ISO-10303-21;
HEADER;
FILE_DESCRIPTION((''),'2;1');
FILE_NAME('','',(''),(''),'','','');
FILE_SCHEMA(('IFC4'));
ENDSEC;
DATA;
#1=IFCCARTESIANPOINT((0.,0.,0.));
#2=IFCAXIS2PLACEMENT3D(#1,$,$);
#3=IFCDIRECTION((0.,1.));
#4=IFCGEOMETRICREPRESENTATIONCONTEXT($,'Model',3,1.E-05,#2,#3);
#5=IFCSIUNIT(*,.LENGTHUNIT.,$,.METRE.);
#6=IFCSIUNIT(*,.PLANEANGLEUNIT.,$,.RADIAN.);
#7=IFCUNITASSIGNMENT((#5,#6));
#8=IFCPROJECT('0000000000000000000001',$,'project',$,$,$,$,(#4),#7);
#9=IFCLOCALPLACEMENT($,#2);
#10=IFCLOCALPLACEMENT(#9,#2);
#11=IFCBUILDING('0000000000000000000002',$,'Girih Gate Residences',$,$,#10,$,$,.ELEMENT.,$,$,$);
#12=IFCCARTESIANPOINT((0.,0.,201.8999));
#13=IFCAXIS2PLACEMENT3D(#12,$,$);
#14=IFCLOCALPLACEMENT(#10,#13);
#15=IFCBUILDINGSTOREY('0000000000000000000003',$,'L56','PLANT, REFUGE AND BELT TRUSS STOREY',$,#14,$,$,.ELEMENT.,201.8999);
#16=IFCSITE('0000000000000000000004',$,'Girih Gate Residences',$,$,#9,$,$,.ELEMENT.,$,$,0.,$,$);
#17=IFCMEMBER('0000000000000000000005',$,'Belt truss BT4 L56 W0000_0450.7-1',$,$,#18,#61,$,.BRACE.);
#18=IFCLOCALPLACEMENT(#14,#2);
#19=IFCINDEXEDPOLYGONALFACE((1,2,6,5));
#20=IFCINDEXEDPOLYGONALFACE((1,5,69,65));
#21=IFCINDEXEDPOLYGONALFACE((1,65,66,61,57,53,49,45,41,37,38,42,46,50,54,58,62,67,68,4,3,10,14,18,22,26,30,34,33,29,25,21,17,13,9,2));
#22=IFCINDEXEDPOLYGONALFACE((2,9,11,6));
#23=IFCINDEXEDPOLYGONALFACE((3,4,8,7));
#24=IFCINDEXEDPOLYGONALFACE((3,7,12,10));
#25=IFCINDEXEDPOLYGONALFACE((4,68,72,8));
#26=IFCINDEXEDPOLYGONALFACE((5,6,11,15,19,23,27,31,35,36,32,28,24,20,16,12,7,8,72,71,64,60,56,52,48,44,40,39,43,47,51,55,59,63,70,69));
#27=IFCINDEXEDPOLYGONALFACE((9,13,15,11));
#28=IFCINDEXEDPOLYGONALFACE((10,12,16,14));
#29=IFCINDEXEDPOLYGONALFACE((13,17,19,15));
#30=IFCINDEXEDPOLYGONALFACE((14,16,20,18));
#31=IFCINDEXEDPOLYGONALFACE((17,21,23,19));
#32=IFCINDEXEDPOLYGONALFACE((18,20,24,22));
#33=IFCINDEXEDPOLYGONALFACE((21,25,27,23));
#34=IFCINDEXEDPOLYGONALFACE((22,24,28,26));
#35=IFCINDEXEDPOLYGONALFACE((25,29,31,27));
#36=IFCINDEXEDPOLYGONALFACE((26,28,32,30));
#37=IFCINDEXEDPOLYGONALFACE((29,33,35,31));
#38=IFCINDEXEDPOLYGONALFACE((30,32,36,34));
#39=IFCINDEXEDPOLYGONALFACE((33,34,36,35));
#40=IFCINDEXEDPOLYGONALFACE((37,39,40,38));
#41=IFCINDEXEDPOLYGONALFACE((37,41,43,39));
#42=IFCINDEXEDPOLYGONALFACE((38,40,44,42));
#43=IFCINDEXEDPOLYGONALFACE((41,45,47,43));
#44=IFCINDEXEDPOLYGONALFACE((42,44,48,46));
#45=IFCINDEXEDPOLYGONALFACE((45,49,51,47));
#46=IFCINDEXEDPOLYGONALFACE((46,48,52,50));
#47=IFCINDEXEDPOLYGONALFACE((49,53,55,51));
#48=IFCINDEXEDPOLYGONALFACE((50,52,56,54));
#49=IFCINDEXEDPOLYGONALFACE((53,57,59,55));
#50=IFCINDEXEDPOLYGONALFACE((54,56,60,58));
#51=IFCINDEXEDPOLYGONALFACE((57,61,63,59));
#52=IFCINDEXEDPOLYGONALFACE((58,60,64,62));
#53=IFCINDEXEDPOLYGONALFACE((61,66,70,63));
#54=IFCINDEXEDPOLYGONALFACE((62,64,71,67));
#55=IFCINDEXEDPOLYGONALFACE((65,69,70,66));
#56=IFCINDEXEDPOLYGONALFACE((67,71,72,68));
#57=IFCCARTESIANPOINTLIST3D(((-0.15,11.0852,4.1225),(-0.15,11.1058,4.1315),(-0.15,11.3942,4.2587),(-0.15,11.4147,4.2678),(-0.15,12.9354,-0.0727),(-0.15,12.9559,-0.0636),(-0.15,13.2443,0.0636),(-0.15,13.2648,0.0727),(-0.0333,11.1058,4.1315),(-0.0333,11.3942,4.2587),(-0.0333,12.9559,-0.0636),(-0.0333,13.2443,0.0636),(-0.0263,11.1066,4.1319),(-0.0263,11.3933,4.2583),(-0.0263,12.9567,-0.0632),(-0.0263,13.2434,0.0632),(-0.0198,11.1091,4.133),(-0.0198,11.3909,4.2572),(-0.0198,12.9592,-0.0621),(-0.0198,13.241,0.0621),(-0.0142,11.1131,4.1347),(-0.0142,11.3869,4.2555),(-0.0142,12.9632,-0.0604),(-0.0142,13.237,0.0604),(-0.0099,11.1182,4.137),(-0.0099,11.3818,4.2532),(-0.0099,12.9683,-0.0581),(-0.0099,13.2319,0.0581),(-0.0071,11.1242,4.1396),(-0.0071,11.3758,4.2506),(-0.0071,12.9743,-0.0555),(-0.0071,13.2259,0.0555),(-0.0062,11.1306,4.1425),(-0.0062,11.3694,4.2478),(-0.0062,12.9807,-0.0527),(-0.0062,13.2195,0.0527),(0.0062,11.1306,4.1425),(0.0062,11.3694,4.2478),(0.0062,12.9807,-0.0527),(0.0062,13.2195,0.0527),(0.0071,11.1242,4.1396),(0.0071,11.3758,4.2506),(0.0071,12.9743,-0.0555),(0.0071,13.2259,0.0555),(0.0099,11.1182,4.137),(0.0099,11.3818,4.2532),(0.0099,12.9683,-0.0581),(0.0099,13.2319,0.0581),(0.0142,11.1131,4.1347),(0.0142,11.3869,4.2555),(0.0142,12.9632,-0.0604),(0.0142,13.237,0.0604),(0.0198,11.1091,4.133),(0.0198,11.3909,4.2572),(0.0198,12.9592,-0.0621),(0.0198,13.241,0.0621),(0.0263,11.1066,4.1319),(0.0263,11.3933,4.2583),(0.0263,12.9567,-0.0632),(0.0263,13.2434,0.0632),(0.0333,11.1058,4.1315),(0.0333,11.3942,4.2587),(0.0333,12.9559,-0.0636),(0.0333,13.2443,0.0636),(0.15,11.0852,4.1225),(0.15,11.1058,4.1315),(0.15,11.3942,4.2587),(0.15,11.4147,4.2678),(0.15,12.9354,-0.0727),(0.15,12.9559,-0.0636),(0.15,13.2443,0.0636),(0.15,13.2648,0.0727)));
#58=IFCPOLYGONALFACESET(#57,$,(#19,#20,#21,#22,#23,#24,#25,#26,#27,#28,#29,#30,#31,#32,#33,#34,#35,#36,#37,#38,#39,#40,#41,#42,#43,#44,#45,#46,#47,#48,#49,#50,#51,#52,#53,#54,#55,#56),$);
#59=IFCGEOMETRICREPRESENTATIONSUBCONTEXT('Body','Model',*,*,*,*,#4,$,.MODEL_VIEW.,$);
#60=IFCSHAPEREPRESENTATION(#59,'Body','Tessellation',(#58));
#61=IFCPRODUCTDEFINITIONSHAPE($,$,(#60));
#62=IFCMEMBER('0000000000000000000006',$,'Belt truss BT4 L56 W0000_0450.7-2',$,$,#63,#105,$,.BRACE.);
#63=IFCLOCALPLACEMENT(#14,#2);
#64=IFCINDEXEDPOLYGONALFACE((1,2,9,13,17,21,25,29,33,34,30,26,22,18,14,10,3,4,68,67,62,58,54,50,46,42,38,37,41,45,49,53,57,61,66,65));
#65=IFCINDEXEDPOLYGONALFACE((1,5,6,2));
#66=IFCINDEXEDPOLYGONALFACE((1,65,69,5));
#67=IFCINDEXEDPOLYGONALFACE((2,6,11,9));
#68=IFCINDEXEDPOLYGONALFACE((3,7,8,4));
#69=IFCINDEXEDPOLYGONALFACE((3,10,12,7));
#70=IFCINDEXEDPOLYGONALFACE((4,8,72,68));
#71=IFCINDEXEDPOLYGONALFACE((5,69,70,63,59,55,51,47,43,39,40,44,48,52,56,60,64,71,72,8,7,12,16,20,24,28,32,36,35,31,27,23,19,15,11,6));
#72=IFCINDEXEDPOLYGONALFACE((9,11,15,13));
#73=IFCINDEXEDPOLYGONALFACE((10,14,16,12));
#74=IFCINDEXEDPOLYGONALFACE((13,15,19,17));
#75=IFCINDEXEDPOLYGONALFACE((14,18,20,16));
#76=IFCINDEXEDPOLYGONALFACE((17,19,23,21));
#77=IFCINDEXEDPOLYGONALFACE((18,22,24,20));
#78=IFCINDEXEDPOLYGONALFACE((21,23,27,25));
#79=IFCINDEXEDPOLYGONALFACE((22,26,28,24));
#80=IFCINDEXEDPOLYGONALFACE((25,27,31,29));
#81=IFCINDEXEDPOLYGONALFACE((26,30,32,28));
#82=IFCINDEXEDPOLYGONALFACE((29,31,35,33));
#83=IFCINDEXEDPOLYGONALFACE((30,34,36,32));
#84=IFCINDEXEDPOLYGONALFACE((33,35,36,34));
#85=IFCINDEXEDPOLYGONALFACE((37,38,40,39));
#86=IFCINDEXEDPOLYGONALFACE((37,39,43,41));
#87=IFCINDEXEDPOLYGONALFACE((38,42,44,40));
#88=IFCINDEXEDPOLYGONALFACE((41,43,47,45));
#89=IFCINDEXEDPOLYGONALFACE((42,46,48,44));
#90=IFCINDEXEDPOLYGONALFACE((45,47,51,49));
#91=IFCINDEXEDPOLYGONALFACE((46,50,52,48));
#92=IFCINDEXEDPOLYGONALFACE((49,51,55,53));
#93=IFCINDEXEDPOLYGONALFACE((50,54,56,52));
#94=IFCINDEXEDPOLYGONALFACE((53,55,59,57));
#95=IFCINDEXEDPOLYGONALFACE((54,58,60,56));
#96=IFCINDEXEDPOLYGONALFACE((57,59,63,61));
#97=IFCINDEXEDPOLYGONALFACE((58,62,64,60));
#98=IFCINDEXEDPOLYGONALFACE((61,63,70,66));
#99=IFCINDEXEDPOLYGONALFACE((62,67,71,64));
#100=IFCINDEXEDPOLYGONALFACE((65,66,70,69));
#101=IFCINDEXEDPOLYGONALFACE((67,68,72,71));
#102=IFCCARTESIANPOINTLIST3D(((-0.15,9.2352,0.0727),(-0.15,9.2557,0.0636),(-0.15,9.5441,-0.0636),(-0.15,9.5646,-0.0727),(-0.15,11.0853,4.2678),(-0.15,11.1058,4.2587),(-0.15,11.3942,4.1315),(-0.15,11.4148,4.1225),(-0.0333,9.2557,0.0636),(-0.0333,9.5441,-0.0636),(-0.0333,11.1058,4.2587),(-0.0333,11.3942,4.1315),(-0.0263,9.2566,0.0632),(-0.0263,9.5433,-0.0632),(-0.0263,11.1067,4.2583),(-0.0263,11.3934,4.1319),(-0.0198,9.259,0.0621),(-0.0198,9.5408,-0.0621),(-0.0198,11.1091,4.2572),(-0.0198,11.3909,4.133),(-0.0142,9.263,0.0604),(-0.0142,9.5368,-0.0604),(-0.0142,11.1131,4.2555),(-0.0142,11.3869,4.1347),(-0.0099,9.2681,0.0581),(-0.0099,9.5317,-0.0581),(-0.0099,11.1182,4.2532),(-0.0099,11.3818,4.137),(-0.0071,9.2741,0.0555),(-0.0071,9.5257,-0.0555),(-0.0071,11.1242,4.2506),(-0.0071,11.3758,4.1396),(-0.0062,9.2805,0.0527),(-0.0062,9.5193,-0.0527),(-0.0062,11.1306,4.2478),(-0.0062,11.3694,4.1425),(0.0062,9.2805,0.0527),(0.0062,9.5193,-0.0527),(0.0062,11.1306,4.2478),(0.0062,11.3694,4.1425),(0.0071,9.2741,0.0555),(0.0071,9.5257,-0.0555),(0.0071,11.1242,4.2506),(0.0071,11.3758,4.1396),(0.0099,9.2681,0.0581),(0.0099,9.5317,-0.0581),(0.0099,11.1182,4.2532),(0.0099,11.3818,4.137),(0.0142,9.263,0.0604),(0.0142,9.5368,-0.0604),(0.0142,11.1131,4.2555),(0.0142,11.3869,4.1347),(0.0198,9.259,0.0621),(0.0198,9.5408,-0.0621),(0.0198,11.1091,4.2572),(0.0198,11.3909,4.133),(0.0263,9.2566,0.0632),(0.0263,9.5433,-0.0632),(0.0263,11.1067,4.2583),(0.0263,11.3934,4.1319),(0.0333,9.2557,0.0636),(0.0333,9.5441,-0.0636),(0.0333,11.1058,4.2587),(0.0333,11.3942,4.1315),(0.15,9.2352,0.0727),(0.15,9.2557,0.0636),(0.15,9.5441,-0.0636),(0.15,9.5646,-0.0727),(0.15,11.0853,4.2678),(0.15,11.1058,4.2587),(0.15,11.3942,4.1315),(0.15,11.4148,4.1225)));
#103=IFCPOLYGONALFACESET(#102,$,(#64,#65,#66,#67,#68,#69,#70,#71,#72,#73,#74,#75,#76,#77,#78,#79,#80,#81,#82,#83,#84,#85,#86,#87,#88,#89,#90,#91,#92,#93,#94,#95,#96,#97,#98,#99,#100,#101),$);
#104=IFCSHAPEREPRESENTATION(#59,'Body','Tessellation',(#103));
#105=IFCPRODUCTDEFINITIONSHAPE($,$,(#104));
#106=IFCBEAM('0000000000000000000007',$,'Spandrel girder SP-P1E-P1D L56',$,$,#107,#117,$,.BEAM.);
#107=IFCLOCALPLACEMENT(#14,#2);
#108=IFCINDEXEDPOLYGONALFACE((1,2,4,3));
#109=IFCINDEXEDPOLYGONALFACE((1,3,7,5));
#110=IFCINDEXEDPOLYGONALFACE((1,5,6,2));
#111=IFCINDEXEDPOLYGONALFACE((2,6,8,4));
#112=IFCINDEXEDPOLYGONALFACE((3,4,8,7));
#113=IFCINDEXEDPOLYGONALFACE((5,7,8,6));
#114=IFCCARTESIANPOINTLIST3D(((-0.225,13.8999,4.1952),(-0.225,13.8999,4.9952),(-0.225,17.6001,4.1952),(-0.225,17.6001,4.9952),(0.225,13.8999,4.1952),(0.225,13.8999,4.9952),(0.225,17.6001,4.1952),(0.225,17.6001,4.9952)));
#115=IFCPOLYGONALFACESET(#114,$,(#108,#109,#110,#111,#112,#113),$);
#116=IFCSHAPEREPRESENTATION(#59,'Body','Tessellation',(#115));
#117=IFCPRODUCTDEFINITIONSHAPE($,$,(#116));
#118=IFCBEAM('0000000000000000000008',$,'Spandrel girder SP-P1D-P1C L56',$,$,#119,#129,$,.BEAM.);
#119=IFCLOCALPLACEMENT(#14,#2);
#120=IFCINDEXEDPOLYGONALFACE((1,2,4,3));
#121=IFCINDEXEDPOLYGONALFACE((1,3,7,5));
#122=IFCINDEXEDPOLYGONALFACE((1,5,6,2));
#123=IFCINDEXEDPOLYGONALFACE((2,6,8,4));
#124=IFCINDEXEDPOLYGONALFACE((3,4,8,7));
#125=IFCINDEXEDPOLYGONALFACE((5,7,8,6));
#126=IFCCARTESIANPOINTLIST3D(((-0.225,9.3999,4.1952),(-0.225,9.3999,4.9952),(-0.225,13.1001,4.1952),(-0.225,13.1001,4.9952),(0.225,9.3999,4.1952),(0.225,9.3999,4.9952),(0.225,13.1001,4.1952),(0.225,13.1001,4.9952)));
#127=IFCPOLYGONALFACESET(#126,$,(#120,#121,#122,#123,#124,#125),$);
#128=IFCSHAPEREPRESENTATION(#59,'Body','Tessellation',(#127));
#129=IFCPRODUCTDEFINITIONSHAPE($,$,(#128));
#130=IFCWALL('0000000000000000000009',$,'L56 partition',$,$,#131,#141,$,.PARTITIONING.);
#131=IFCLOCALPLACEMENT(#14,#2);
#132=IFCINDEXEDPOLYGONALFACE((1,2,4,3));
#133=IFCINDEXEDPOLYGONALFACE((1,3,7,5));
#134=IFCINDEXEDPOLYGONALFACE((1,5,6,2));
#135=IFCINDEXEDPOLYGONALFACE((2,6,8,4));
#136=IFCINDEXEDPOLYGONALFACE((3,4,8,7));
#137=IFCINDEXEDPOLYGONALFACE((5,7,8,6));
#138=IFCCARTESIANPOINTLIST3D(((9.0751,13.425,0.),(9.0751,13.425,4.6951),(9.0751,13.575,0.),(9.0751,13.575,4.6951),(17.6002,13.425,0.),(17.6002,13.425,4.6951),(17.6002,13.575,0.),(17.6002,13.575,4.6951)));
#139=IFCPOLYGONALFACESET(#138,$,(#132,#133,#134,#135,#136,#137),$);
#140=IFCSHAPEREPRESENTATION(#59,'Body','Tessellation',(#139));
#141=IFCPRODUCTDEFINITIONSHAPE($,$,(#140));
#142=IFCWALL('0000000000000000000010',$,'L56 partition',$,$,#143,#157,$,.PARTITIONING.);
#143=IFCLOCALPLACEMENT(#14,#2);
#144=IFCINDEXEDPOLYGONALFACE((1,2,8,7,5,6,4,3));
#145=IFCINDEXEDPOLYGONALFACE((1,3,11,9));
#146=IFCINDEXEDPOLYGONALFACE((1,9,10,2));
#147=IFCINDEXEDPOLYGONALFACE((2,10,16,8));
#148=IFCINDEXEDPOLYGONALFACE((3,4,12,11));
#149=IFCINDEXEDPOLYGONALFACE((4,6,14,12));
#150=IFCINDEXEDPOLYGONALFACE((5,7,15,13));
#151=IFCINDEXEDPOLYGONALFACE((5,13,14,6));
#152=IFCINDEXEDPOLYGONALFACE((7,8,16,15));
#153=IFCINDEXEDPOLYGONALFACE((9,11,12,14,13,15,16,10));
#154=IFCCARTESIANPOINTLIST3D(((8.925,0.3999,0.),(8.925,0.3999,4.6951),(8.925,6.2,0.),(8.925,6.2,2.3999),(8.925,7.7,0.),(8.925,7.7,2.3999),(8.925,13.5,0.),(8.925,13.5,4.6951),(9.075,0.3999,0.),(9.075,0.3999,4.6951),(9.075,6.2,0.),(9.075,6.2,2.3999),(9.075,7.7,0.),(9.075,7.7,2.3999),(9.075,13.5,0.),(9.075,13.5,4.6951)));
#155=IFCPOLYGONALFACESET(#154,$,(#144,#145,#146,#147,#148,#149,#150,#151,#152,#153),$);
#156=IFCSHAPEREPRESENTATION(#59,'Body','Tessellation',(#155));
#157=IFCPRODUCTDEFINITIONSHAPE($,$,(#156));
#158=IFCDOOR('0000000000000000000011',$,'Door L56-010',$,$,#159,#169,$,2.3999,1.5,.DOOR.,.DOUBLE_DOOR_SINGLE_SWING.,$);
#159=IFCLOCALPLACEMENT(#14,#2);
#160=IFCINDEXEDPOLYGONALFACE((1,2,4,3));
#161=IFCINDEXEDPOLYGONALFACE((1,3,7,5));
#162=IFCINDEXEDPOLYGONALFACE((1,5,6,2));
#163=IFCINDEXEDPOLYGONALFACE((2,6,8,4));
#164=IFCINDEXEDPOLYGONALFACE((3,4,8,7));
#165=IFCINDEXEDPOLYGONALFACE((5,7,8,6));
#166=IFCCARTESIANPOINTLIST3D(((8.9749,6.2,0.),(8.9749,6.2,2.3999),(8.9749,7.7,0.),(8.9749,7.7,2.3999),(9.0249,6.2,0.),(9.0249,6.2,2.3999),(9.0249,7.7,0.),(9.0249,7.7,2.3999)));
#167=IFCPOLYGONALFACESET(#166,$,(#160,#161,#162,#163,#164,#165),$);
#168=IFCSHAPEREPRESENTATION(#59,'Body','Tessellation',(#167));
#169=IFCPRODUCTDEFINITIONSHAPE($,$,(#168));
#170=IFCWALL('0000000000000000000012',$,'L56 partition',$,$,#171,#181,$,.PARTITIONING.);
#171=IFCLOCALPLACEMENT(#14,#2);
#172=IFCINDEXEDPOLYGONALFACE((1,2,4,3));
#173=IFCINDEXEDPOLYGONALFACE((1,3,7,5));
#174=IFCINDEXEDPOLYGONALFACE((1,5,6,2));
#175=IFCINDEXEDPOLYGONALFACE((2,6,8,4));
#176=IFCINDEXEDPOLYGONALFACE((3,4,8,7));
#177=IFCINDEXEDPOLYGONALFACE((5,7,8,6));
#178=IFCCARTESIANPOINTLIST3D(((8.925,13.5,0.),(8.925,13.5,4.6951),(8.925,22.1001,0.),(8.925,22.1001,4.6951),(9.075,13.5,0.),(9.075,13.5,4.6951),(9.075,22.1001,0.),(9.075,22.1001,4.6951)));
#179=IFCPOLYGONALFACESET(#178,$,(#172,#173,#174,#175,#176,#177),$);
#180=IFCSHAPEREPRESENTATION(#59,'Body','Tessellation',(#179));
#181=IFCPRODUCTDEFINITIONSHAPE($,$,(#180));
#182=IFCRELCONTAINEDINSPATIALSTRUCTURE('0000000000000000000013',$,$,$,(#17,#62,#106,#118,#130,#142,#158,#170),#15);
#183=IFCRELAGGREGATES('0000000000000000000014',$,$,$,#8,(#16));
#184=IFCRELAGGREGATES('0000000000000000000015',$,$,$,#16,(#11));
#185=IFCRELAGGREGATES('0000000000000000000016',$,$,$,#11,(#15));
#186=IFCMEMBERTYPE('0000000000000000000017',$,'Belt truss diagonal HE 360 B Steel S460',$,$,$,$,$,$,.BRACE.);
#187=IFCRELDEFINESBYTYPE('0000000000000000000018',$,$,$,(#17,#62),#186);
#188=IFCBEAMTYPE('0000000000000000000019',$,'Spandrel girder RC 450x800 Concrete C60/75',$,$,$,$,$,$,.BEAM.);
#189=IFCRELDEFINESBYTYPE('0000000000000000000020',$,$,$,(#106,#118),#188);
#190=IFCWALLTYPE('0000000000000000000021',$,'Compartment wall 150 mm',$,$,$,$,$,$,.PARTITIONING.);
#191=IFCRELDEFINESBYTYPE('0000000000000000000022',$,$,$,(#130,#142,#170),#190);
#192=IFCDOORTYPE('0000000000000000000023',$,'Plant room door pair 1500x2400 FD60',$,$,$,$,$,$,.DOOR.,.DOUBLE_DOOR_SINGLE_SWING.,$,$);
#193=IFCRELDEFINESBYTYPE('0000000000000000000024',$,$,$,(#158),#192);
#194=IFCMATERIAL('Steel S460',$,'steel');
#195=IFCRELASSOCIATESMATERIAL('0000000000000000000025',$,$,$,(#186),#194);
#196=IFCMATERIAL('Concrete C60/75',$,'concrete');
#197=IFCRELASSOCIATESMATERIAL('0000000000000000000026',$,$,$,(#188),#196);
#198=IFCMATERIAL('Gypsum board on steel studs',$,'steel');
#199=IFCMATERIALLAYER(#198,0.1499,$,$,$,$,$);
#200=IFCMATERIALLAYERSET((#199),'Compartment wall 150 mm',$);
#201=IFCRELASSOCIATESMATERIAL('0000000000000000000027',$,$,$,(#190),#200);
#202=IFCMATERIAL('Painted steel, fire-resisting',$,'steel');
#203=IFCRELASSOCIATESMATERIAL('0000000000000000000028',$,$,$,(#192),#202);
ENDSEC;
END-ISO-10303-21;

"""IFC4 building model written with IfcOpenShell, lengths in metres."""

from ifc_helpers import new_model, si_unit, direction, frame, frame_2d, origin, origin_2d, place, context, subcontext, project, spatial, rectangle, i_section, extrude, material, layer, layer_set, material_profile, profile_set, type_object, element, fill, save


model = new_model("IFC4")

# Units and contexts
model_context = context("Model", 3, precision=1e-05, world=origin(), true_north=direction((0.0, 1.0)))
body_context = subcontext(model_context, "Body", "Model", "MODEL_VIEW")
ifc_project = project(units=[si_unit("LENGTHUNIT", "METRE"), si_unit("PLANEANGLEUNIT", "RADIAN")], contexts=[model_context])

# Site, building, storey
site_placement = place(None, origin())
site = spatial("IfcSite", under=ifc_project, at=site_placement, Name="Girih Gate Residences", CompositionType="ELEMENT", RefElevation=0.0)
building_placement = place(site_placement, origin())
building = spatial("IfcBuilding", under=site, at=building_placement, Name="Girih Gate Residences", CompositionType="ELEMENT")
storey_placement = place(building_placement, frame((0.0, 0.0, 201.8999)))
storey = spatial("IfcBuildingStorey", under=building, at=storey_placement, Name="L56", Description="PLANT, REFUGE AND BELT TRUSS STOREY", CompositionType="ELEMENT", Elevation=201.8999)

# Shared definitions
ifc_material_1 = material(Name="Concrete C60/75", Category="concrete")

# Members
ifc_material_2 = material(Name="Steel S460", Category="steel")
ifc_material_profile_1 = material_profile(ifc_material_2, i_section(OverallWidth=0.3, OverallDepth=0.3601, WebThickness=0.0125, FlangeThickness=0.0225, FilletRadius=0.0271, at=origin_2d()))
ifc_profile_set_1 = profile_set([ifc_material_profile_1], Name="Steel S460")
member_type = type_object("IfcMemberType", Name="Belt truss diagonal HE 360 B Steel S460", PredefinedType="BRACE", material=ifc_profile_set_1)
for number, where, z_axis, x_axis, name in (
    (1, (0.0, 13.1001, 0.0), (0.0, -0.403518, 0.914972), (1.0, 0.0, 0.0), "Belt truss BT4 L56 W0000_0450.7-1"),
    (2, (0.0, 9.3999, 0.0), (0.0, 0.403518, 0.914972), (-1.0, 0.0, 0.0), "Belt truss BT4 L56 W0000_0450.7-2"),
):
    element("IfcMember", number, at=place(storey_placement, frame(where, z_axis=z_axis, x_axis=x_axis)), inside=storey, type_object=member_type, Name=name, PredefinedType="BRACE", context=body_context, shape_type="SweptSolid", body=[
        extrude(i_section(OverallWidth=0.3, OverallDepth=0.3601, WebThickness=0.0125, FlangeThickness=0.0225, FilletRadius=0.0271, at=origin_2d()), origin(), (0.0, 0.0, 1.0), 4.585),
    ])

# Beams
ifc_material_profile_2 = material_profile(ifc_material_1, rectangle(XDim=0.45, YDim=0.8, at=origin_2d()))
ifc_profile_set_2 = profile_set([ifc_material_profile_2], Name="Concrete C60/75")
beam_type = type_object("IfcBeamType", Name="Spandrel girder RC 450x800 Concrete C60/75", PredefinedType="BEAM", material=ifc_profile_set_2)
for number, where, z_axis, x_axis, name in (
    (3, (0.0, 17.6001, 4.5952), (0.0, -1.0, 0.0), (1.0, 0.0, 0.0), "Spandrel girder SP-P1E-P1D L56"),
    (4, (0.0, 13.1001, 4.5952), (0.0, -1.0, 0.0), (1.0, 0.0, 0.0), "Spandrel girder SP-P1D-P1C L56"),
):
    element("IfcBeam", number, at=place(storey_placement, frame(where, z_axis=z_axis, x_axis=x_axis)), inside=storey, type_object=beam_type, Name=name, PredefinedType="BEAM", context=body_context, shape_type="SweptSolid", body=[
        extrude(rectangle(XDim=0.45, YDim=0.8, at=origin_2d()), origin(), (0.0, 0.0, 1.0), 3.7002),
    ])

# Wall
ifc_material_3 = material(Name="Gypsum board on steel studs", Category="steel")
ifc_layer_1 = layer(ifc_material_3, 0.1499)
ifc_layer_set_1 = layer_set([ifc_layer_1], Name="Compartment wall 150 mm")
wall_type_1 = type_object("IfcWallType", Name="Compartment wall 150 mm", PredefinedType="PARTITIONING", material=ifc_layer_set_1)
wall_1_placement = place(storey_placement, frame((9.075, 13.5, 0.0), z_axis=(0.0, 0.0, 1.0), x_axis=(1.0, 0.0, 0.0)))
element("IfcWall", 5, at=wall_1_placement, inside=storey, type_object=wall_type_1, Name="L56 partition", PredefinedType="PARTITIONING", context=body_context, shape_type="SweptSolid", body=[
    extrude(rectangle(XDim=8.5251, YDim=0.1499, at=frame_2d((4.2627, 0.0))), origin(), (0.0, 0.0, 1.0), 4.6951),
])

# Wall, opening, door
wall_2_placement = place(storey_placement, frame((9.0, 13.5, 0.0), z_axis=(0.0, 0.0, 1.0), x_axis=(0.0, -1.0, 0.0)))
wall_2 = element("IfcWall", 6, at=wall_2_placement, inside=storey, type_object=wall_type_1, Name="L56 partition", PredefinedType="PARTITIONING", context=body_context, shape_type="SweptSolid", body=[
    extrude(rectangle(XDim=13.1001, YDim=0.1499, at=frame_2d((6.55, 0.0))), origin(), (0.0, 0.0, 1.0), 4.6951),
])
opening_1_placement = place(wall_2_placement, frame((5.8, 0.0, 0.0)))
opening_1 = element("IfcOpeningElement", 7, at=opening_1_placement, cuts=wall_2, PredefinedType="OPENING", context=body_context, shape_type="SweptSolid", body=[
    extrude(rectangle(XDim=1.5, YDim=2.3999, at=frame_2d((0.75, 1.2))), frame((0.0, 0.085, 0.0), z_axis=(0.0, -1.0, 0.0), x_axis=(1.0, 0.0, 0.0)), (0.0, 0.0, 1.0), 0.1699),
])
ifc_material_4 = material(Name="Painted steel, fire-resisting", Category="steel")
door_type_1 = type_object("IfcDoorType", Name="Plant room door pair 1500x2400 FD60", OperationType="DOUBLE_DOOR_SINGLE_SWING", PredefinedType="DOOR", material=ifc_material_4)
door_1_placement = place(opening_1_placement, origin())
door_1 = element("IfcDoor", 8, at=door_1_placement, inside=storey, type_object=door_type_1, Name="Door L56-010", OperationType="DOUBLE_DOOR_SINGLE_SWING", OverallHeight=2.3999, OverallWidth=1.5, PredefinedType="DOOR", context=body_context, shape_type="SweptSolid", body=[
    extrude(rectangle(XDim=1.5, YDim=2.3999, at=frame_2d((0.75, 1.2))), frame((0.0, 0.0249, 0.0), z_axis=(0.0, -1.0, 0.0), x_axis=(1.0, 0.0, 0.0)), (0.0, 0.0, 1.0), 0.05),
])
fill(opening_1, door_1)

# Wall
wall_3_placement = place(storey_placement, frame((9.0, 13.5, 0.0), z_axis=(0.0, 0.0, 1.0), x_axis=(0.0, 1.0, 0.0)))
element("IfcWall", 9, at=wall_3_placement, inside=storey, type_object=wall_type_1, Name="L56 partition", PredefinedType="PARTITIONING", context=body_context, shape_type="SweptSolid", body=[
    extrude(rectangle(XDim=8.6001, YDim=0.1499, at=frame_2d((4.3, 0.0))), origin(), (0.0, 0.0, 1.0), 4.6951),
])

save(model, "model.ifc")
